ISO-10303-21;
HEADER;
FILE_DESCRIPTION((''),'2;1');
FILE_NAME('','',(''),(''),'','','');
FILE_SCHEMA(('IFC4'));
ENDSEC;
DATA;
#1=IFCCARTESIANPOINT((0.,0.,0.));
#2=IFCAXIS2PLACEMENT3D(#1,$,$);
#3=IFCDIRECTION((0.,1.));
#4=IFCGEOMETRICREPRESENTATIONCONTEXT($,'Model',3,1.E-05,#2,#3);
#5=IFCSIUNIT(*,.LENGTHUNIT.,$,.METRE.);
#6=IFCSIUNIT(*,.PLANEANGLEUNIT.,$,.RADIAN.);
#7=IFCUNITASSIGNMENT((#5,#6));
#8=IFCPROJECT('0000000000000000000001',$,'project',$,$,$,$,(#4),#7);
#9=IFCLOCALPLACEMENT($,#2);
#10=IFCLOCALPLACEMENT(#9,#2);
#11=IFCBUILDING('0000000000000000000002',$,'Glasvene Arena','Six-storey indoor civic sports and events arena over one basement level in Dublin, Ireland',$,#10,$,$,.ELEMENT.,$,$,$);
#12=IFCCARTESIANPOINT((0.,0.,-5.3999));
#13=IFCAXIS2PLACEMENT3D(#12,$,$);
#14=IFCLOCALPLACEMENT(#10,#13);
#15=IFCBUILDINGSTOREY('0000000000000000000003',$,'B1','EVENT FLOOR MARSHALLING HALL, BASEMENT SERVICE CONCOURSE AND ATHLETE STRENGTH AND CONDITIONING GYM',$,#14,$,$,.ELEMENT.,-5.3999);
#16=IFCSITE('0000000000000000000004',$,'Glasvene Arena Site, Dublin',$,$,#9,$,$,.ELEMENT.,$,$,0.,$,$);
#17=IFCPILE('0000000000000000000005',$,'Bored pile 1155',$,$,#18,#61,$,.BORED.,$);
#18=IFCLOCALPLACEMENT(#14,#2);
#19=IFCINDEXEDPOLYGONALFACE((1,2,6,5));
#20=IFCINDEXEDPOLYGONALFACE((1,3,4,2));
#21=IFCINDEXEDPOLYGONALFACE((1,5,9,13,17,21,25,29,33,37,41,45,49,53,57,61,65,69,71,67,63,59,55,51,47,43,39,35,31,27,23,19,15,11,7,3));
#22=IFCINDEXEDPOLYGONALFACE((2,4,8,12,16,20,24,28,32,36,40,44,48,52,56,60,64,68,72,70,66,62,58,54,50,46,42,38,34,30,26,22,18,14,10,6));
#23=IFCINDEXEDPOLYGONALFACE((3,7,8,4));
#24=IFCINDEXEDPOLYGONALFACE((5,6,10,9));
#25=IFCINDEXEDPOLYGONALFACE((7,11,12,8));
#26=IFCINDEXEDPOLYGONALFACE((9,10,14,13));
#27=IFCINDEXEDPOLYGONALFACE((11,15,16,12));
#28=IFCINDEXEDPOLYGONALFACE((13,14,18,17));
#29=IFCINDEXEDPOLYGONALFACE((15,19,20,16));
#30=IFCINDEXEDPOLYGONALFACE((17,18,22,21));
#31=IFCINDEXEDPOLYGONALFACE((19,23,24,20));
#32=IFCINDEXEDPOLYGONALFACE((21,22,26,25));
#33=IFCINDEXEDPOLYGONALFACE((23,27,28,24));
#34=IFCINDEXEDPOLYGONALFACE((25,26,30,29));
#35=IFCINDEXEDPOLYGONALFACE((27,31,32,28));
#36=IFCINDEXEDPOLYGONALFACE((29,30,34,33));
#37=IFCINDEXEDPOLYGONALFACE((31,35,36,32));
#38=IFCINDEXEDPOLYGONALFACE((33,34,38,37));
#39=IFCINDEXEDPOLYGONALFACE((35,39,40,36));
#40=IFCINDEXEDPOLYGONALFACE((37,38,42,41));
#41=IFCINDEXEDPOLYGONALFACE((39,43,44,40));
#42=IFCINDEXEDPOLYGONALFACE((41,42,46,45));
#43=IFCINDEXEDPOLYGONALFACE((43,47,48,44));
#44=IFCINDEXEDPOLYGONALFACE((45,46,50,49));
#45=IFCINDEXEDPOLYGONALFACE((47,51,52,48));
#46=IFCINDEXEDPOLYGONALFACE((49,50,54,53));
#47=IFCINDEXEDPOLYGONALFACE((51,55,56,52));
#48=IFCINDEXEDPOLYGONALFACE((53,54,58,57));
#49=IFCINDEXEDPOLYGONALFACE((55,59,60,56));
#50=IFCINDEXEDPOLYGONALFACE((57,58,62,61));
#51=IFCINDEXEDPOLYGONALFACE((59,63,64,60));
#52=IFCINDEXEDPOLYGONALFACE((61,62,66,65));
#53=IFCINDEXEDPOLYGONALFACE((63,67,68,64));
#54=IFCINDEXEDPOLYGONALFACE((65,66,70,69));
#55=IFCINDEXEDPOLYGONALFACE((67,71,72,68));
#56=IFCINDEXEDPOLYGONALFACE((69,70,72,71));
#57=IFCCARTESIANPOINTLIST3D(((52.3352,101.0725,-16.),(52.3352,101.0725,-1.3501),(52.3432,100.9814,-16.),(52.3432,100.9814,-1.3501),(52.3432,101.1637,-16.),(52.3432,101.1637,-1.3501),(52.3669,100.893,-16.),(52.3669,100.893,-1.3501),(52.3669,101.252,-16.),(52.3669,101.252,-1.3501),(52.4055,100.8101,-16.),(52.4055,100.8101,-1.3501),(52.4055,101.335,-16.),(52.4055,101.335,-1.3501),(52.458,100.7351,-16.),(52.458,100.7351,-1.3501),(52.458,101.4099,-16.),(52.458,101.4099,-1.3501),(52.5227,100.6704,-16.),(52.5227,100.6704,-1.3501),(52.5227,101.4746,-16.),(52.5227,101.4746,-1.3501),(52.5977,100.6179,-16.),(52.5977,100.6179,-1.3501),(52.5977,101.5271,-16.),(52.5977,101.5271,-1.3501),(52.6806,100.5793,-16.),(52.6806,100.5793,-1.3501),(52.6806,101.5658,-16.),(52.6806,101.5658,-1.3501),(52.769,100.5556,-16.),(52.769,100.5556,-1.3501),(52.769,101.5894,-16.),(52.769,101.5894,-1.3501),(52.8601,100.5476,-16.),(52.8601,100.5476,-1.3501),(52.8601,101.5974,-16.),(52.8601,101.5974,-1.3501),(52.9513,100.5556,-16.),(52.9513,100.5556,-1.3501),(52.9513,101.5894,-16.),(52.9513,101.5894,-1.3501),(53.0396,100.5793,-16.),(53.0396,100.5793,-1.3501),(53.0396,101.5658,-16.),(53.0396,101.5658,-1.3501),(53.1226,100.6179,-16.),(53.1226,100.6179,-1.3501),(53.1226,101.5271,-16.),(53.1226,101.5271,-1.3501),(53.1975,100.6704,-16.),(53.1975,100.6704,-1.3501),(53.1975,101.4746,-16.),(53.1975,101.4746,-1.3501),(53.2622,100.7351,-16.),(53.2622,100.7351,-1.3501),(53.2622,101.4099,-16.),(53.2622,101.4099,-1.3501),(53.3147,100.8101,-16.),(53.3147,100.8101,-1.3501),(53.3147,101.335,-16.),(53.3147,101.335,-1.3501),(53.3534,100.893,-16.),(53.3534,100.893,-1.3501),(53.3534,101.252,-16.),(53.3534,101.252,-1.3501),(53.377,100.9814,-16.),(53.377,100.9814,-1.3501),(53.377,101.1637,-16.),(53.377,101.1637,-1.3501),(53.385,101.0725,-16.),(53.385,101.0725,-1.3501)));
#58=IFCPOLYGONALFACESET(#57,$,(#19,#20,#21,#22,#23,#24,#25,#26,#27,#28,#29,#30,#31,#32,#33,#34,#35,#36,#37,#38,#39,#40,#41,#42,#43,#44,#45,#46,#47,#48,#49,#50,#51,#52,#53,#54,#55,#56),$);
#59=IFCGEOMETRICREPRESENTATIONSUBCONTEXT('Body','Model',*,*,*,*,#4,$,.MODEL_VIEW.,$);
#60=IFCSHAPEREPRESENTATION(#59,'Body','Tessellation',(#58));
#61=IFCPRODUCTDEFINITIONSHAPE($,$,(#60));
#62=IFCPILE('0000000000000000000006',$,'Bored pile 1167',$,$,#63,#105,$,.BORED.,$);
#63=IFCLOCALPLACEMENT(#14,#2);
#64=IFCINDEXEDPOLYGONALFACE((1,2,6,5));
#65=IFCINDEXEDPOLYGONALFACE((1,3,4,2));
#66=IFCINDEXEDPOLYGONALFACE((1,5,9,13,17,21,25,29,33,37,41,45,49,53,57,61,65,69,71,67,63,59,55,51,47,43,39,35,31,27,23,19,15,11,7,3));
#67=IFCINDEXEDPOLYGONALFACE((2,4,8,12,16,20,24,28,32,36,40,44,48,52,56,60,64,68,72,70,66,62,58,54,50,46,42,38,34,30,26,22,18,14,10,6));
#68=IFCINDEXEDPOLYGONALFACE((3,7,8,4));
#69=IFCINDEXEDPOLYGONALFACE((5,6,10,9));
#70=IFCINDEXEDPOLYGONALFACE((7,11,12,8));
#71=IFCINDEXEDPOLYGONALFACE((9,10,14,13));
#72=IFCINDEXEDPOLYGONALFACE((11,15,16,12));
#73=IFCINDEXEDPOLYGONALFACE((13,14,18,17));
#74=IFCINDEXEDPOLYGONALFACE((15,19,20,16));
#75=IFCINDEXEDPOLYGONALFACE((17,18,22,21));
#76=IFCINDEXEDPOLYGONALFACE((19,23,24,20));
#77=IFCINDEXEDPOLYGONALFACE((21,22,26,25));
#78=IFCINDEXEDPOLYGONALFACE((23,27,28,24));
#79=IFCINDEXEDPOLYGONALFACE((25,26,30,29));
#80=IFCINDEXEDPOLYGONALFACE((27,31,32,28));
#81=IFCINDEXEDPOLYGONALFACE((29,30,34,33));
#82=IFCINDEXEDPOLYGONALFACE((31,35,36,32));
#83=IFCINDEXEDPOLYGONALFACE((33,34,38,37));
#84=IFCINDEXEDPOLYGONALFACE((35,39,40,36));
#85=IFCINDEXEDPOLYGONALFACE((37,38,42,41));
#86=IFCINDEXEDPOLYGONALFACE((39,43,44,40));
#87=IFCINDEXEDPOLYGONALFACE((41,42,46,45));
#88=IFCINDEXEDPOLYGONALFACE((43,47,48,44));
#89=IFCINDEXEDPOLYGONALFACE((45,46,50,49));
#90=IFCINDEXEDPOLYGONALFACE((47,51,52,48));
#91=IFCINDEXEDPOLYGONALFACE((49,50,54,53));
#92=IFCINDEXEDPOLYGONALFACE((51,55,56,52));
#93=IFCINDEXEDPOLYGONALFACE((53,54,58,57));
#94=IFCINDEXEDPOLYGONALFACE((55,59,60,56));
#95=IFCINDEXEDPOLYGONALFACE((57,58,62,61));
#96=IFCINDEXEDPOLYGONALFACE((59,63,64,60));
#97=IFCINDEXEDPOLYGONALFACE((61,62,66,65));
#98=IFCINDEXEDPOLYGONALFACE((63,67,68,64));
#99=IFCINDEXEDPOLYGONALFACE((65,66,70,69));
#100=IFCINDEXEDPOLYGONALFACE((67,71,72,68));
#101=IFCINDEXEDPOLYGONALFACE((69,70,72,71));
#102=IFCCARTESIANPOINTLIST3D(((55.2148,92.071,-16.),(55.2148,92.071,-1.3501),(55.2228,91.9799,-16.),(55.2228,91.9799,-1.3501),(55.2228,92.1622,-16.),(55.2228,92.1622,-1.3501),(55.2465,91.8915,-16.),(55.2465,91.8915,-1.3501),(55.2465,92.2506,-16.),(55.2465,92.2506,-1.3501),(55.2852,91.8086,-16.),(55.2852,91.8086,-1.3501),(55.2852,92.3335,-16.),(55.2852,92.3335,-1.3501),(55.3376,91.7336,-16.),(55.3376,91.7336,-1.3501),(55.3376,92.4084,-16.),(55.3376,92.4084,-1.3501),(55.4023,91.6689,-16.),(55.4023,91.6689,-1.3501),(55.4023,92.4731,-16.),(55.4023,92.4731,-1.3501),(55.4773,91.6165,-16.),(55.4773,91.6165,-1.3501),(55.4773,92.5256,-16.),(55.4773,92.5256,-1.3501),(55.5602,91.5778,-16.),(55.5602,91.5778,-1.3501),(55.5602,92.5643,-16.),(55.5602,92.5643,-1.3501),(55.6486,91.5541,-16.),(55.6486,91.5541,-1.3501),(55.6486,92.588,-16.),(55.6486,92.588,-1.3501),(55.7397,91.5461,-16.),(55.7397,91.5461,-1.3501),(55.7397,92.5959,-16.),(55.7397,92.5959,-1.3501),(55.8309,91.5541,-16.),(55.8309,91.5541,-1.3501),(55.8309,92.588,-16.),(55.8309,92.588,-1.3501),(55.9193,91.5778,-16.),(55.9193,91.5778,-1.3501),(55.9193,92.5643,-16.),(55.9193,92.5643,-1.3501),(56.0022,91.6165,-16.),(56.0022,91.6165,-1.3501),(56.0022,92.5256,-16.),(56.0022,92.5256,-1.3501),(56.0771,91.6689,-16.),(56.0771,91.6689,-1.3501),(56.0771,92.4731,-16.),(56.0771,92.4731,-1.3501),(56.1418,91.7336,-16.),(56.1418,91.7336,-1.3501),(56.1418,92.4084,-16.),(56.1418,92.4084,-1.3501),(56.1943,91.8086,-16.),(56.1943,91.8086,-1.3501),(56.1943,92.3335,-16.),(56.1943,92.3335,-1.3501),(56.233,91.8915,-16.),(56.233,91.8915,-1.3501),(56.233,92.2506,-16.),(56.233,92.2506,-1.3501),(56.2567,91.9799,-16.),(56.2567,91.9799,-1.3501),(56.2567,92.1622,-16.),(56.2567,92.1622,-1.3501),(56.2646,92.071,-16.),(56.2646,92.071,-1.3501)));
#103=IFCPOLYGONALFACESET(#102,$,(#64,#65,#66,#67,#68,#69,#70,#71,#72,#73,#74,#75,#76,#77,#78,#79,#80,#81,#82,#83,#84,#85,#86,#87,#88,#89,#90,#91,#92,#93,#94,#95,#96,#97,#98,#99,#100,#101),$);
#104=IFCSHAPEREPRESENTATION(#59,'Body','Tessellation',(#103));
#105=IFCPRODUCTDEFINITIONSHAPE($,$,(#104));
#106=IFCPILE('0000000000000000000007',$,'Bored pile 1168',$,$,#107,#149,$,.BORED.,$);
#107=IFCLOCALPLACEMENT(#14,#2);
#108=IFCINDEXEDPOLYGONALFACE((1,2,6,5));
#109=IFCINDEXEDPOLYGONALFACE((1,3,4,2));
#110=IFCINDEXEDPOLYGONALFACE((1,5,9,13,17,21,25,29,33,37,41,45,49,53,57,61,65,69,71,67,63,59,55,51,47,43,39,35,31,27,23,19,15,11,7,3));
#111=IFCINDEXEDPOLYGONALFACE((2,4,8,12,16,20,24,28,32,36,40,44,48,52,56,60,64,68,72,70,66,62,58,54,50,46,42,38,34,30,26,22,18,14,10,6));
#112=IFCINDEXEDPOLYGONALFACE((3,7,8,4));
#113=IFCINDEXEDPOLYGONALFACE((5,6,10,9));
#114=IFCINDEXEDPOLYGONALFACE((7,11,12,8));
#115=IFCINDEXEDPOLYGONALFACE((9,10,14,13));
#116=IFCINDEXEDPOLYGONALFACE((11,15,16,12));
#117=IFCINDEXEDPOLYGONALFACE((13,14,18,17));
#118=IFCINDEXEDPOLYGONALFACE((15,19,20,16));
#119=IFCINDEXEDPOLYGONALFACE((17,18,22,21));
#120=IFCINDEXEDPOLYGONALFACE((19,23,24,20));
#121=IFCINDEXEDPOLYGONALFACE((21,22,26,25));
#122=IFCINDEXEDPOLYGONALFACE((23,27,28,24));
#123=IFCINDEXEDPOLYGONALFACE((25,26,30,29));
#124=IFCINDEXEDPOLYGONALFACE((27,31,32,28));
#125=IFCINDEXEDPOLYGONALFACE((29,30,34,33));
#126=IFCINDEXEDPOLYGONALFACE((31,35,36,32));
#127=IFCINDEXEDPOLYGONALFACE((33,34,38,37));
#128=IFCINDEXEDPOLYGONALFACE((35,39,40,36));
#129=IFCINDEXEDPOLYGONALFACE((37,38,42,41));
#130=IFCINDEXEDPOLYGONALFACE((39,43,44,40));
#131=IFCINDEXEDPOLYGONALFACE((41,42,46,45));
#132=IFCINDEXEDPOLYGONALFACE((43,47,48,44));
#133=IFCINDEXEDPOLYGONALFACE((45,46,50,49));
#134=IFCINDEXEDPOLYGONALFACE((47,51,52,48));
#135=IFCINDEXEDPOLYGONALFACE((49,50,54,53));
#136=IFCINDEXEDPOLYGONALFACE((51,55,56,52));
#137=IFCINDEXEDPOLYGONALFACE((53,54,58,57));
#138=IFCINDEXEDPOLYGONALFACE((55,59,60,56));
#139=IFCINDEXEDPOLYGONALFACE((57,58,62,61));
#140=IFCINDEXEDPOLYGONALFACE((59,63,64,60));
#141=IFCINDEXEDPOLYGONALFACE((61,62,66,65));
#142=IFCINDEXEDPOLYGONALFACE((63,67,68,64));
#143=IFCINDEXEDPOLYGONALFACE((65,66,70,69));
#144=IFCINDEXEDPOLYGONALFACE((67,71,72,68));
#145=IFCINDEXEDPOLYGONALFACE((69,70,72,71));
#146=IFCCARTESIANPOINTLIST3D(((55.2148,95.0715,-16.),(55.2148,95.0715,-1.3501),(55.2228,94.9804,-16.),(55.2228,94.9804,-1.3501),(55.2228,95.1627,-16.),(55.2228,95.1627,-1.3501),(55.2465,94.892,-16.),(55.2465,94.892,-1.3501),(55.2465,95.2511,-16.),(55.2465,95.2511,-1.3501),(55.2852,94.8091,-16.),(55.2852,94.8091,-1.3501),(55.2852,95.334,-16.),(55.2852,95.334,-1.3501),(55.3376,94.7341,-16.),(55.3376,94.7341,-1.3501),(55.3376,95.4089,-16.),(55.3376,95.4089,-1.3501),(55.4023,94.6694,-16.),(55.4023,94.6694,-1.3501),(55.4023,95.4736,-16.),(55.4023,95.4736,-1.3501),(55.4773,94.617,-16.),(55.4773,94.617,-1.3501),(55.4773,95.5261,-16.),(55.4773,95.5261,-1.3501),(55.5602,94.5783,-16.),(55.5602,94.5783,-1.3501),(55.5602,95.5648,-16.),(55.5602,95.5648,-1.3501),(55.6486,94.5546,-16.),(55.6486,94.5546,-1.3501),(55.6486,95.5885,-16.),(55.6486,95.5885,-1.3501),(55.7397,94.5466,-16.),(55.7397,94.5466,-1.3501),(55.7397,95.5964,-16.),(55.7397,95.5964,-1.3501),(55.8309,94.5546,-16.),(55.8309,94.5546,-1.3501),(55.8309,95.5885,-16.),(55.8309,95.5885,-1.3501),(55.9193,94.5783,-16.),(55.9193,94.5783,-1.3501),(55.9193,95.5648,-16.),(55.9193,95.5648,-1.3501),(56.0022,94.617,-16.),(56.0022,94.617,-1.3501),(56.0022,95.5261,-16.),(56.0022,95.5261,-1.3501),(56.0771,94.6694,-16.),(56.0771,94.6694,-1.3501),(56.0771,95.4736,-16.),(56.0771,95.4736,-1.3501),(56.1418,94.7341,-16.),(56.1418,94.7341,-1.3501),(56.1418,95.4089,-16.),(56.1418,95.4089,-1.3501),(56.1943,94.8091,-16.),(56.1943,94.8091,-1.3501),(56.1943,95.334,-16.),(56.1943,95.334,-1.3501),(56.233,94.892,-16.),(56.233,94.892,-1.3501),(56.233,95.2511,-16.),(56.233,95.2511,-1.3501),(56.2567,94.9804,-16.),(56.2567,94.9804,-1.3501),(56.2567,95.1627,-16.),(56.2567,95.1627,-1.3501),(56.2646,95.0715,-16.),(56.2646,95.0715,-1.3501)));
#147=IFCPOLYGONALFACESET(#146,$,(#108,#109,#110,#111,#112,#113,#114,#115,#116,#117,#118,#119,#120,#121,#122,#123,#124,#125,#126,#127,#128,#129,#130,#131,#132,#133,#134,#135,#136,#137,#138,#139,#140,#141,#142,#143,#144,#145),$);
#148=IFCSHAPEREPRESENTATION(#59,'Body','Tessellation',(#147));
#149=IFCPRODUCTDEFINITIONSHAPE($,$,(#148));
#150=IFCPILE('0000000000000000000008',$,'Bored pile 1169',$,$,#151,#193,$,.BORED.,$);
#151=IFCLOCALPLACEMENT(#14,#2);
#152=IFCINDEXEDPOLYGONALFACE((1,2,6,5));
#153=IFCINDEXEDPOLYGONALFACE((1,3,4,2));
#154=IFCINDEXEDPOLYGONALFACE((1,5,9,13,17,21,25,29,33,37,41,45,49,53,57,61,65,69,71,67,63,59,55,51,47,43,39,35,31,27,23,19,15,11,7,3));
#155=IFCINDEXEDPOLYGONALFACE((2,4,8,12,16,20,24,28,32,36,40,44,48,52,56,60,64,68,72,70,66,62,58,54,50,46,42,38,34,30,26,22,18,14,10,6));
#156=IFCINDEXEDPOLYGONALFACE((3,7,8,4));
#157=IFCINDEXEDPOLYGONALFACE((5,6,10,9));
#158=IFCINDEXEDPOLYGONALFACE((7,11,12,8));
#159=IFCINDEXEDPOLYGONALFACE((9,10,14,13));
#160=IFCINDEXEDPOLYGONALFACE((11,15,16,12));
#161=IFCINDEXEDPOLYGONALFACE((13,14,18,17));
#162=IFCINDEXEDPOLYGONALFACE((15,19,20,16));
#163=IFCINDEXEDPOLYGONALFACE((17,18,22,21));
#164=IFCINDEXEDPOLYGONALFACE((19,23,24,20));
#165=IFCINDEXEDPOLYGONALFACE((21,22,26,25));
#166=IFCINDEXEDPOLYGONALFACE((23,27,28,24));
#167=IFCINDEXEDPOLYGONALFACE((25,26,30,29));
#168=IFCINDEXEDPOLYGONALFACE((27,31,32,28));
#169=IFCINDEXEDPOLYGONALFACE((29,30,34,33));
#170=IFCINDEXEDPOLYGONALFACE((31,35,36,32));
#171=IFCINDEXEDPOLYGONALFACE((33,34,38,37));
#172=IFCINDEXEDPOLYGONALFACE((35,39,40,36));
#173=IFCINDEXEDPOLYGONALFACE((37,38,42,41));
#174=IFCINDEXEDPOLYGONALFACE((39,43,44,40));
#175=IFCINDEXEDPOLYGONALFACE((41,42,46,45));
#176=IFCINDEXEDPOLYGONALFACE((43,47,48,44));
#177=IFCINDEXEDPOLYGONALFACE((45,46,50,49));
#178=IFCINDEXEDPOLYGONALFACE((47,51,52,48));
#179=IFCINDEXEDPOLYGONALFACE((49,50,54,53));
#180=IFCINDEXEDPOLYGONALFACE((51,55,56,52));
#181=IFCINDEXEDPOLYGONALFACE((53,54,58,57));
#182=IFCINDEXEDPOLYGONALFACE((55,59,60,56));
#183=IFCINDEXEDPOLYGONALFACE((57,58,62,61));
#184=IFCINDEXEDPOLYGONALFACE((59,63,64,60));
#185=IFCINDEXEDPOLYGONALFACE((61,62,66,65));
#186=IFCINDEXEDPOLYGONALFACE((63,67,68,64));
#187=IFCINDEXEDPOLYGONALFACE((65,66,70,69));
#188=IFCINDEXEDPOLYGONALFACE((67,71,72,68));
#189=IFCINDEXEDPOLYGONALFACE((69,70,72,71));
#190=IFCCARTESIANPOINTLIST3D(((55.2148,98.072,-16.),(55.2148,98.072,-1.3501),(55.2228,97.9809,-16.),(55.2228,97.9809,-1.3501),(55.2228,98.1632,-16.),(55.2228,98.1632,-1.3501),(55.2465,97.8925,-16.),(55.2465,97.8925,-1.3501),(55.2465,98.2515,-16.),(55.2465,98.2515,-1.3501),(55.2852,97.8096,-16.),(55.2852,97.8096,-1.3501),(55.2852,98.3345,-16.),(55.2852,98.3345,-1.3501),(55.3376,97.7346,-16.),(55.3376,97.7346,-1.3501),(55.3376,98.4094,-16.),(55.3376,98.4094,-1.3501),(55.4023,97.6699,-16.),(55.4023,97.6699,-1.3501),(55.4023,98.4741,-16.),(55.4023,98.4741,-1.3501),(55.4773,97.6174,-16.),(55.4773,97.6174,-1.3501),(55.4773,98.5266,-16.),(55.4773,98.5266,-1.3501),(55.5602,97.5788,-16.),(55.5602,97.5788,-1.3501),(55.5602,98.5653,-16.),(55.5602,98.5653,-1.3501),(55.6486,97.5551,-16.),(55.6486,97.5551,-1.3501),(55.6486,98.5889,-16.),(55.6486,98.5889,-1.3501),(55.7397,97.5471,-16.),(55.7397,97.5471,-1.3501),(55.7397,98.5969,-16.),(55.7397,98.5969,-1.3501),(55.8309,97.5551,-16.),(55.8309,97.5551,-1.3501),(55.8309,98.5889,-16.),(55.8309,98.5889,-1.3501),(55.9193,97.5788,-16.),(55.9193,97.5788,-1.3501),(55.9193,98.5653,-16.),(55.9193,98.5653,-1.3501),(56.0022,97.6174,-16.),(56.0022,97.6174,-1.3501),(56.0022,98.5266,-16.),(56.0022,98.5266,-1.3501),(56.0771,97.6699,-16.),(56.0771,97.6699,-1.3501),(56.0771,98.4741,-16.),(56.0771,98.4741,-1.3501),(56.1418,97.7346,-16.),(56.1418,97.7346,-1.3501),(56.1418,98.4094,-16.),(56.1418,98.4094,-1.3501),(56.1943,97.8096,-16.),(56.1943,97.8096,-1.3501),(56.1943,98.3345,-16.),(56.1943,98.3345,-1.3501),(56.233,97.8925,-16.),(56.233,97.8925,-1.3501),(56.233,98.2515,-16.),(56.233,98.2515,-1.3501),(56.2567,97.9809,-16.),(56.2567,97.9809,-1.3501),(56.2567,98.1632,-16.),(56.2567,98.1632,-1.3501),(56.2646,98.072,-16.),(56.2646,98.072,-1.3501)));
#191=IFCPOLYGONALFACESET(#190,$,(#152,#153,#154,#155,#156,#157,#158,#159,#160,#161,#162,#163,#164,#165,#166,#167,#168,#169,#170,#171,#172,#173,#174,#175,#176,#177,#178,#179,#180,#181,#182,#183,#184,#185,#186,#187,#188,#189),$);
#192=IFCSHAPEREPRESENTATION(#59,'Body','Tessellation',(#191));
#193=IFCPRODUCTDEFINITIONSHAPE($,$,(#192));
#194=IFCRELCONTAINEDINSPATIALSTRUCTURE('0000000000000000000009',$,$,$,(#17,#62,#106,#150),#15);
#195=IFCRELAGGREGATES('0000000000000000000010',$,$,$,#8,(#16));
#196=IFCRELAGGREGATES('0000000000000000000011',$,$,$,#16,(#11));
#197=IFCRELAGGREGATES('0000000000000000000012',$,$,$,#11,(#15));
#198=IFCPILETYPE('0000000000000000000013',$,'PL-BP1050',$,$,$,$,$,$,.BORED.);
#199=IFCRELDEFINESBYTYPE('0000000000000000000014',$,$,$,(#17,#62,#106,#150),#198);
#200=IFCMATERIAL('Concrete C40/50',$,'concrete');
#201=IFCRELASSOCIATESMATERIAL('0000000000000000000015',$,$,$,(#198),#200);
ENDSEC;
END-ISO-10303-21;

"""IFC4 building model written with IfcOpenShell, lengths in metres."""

from ifc_helpers import new_model, si_unit, direction, frame, origin, origin_2d, place, context, subcontext, project, spatial, circle, extrude, material, material_profile, profile_set, type_object, element, save


model = new_model("IFC4")

# Units and contexts
model_context = context("Model", 3, precision=1e-05, world=origin(), true_north=direction((0.0, 1.0)))
body_context = subcontext(model_context, "Body", "Model", "MODEL_VIEW")
ifc_project = project(units=[si_unit("LENGTHUNIT", "METRE"), si_unit("PLANEANGLEUNIT", "RADIAN")], contexts=[model_context])

# Site, building, storey
site_placement = place(None, origin())
site = spatial("IfcSite", under=ifc_project, at=site_placement, Name="Glasvene Arena Site, Dublin", CompositionType="ELEMENT", RefElevation=0.0)
building_placement = place(site_placement, origin())
building = spatial("IfcBuilding", under=site, at=building_placement, Name="Glasvene Arena", Description="Six-storey indoor civic sports and events arena over one basement level in Dublin, Ireland", CompositionType="ELEMENT")
storey_placement = place(building_placement, frame((0.0, 0.0, -5.3999)))
storey = spatial("IfcBuildingStorey", under=building, at=storey_placement, Name="B1", Description="EVENT FLOOR MARSHALLING HALL, BASEMENT SERVICE CONCOURSE AND ATHLETE STRENGTH AND CONDITIONING GYM", CompositionType="ELEMENT", Elevation=-5.3999)

# Piles
ifc_material_1 = material(Name="Concrete C40/50", Category="concrete")
ifc_material_profile_1 = material_profile(ifc_material_1, circle(Radius=0.5249, at=origin_2d()), Name="BORED PILE 1050")
ifc_profile_set_1 = profile_set([ifc_material_profile_1], Name="Concrete C40/50")
pile_type = type_object("IfcPileType", Name="PL-BP1050", PredefinedType="BORED", material=ifc_profile_set_1)
for number, where, z_axis, x_axis, name in (
    (1, (52.8601, 101.0725, -1.3501), (0.0, 0.0, -1.0), (1.0, 0.0, 0.0), "Bored pile 1155"),
    (2, (55.7397, 92.071, -1.3501), (0.0, 0.0, -1.0), (1.0, 0.0, 0.0), "Bored pile 1167"),
    (3, (55.7397, 95.0715, -1.3501), (0.0, 0.0, -1.0), (1.0, 0.0, 0.0), "Bored pile 1168"),
    (4, (55.7397, 98.072, -1.3501), (0.0, 0.0, -1.0), (1.0, 0.0, 0.0), "Bored pile 1169"),
):
    element("IfcPile", number, at=place(storey_placement, frame(where, z_axis=z_axis, x_axis=x_axis)), inside=storey, type_object=pile_type, Name=name, PredefinedType="BORED", context=body_context, shape_type="SweptSolid", body=[
        extrude(circle(Radius=0.5249, at=origin_2d()), origin(), (0.0, 0.0, 1.0), 14.6499),
    ])

save(model, "model.ifc")
